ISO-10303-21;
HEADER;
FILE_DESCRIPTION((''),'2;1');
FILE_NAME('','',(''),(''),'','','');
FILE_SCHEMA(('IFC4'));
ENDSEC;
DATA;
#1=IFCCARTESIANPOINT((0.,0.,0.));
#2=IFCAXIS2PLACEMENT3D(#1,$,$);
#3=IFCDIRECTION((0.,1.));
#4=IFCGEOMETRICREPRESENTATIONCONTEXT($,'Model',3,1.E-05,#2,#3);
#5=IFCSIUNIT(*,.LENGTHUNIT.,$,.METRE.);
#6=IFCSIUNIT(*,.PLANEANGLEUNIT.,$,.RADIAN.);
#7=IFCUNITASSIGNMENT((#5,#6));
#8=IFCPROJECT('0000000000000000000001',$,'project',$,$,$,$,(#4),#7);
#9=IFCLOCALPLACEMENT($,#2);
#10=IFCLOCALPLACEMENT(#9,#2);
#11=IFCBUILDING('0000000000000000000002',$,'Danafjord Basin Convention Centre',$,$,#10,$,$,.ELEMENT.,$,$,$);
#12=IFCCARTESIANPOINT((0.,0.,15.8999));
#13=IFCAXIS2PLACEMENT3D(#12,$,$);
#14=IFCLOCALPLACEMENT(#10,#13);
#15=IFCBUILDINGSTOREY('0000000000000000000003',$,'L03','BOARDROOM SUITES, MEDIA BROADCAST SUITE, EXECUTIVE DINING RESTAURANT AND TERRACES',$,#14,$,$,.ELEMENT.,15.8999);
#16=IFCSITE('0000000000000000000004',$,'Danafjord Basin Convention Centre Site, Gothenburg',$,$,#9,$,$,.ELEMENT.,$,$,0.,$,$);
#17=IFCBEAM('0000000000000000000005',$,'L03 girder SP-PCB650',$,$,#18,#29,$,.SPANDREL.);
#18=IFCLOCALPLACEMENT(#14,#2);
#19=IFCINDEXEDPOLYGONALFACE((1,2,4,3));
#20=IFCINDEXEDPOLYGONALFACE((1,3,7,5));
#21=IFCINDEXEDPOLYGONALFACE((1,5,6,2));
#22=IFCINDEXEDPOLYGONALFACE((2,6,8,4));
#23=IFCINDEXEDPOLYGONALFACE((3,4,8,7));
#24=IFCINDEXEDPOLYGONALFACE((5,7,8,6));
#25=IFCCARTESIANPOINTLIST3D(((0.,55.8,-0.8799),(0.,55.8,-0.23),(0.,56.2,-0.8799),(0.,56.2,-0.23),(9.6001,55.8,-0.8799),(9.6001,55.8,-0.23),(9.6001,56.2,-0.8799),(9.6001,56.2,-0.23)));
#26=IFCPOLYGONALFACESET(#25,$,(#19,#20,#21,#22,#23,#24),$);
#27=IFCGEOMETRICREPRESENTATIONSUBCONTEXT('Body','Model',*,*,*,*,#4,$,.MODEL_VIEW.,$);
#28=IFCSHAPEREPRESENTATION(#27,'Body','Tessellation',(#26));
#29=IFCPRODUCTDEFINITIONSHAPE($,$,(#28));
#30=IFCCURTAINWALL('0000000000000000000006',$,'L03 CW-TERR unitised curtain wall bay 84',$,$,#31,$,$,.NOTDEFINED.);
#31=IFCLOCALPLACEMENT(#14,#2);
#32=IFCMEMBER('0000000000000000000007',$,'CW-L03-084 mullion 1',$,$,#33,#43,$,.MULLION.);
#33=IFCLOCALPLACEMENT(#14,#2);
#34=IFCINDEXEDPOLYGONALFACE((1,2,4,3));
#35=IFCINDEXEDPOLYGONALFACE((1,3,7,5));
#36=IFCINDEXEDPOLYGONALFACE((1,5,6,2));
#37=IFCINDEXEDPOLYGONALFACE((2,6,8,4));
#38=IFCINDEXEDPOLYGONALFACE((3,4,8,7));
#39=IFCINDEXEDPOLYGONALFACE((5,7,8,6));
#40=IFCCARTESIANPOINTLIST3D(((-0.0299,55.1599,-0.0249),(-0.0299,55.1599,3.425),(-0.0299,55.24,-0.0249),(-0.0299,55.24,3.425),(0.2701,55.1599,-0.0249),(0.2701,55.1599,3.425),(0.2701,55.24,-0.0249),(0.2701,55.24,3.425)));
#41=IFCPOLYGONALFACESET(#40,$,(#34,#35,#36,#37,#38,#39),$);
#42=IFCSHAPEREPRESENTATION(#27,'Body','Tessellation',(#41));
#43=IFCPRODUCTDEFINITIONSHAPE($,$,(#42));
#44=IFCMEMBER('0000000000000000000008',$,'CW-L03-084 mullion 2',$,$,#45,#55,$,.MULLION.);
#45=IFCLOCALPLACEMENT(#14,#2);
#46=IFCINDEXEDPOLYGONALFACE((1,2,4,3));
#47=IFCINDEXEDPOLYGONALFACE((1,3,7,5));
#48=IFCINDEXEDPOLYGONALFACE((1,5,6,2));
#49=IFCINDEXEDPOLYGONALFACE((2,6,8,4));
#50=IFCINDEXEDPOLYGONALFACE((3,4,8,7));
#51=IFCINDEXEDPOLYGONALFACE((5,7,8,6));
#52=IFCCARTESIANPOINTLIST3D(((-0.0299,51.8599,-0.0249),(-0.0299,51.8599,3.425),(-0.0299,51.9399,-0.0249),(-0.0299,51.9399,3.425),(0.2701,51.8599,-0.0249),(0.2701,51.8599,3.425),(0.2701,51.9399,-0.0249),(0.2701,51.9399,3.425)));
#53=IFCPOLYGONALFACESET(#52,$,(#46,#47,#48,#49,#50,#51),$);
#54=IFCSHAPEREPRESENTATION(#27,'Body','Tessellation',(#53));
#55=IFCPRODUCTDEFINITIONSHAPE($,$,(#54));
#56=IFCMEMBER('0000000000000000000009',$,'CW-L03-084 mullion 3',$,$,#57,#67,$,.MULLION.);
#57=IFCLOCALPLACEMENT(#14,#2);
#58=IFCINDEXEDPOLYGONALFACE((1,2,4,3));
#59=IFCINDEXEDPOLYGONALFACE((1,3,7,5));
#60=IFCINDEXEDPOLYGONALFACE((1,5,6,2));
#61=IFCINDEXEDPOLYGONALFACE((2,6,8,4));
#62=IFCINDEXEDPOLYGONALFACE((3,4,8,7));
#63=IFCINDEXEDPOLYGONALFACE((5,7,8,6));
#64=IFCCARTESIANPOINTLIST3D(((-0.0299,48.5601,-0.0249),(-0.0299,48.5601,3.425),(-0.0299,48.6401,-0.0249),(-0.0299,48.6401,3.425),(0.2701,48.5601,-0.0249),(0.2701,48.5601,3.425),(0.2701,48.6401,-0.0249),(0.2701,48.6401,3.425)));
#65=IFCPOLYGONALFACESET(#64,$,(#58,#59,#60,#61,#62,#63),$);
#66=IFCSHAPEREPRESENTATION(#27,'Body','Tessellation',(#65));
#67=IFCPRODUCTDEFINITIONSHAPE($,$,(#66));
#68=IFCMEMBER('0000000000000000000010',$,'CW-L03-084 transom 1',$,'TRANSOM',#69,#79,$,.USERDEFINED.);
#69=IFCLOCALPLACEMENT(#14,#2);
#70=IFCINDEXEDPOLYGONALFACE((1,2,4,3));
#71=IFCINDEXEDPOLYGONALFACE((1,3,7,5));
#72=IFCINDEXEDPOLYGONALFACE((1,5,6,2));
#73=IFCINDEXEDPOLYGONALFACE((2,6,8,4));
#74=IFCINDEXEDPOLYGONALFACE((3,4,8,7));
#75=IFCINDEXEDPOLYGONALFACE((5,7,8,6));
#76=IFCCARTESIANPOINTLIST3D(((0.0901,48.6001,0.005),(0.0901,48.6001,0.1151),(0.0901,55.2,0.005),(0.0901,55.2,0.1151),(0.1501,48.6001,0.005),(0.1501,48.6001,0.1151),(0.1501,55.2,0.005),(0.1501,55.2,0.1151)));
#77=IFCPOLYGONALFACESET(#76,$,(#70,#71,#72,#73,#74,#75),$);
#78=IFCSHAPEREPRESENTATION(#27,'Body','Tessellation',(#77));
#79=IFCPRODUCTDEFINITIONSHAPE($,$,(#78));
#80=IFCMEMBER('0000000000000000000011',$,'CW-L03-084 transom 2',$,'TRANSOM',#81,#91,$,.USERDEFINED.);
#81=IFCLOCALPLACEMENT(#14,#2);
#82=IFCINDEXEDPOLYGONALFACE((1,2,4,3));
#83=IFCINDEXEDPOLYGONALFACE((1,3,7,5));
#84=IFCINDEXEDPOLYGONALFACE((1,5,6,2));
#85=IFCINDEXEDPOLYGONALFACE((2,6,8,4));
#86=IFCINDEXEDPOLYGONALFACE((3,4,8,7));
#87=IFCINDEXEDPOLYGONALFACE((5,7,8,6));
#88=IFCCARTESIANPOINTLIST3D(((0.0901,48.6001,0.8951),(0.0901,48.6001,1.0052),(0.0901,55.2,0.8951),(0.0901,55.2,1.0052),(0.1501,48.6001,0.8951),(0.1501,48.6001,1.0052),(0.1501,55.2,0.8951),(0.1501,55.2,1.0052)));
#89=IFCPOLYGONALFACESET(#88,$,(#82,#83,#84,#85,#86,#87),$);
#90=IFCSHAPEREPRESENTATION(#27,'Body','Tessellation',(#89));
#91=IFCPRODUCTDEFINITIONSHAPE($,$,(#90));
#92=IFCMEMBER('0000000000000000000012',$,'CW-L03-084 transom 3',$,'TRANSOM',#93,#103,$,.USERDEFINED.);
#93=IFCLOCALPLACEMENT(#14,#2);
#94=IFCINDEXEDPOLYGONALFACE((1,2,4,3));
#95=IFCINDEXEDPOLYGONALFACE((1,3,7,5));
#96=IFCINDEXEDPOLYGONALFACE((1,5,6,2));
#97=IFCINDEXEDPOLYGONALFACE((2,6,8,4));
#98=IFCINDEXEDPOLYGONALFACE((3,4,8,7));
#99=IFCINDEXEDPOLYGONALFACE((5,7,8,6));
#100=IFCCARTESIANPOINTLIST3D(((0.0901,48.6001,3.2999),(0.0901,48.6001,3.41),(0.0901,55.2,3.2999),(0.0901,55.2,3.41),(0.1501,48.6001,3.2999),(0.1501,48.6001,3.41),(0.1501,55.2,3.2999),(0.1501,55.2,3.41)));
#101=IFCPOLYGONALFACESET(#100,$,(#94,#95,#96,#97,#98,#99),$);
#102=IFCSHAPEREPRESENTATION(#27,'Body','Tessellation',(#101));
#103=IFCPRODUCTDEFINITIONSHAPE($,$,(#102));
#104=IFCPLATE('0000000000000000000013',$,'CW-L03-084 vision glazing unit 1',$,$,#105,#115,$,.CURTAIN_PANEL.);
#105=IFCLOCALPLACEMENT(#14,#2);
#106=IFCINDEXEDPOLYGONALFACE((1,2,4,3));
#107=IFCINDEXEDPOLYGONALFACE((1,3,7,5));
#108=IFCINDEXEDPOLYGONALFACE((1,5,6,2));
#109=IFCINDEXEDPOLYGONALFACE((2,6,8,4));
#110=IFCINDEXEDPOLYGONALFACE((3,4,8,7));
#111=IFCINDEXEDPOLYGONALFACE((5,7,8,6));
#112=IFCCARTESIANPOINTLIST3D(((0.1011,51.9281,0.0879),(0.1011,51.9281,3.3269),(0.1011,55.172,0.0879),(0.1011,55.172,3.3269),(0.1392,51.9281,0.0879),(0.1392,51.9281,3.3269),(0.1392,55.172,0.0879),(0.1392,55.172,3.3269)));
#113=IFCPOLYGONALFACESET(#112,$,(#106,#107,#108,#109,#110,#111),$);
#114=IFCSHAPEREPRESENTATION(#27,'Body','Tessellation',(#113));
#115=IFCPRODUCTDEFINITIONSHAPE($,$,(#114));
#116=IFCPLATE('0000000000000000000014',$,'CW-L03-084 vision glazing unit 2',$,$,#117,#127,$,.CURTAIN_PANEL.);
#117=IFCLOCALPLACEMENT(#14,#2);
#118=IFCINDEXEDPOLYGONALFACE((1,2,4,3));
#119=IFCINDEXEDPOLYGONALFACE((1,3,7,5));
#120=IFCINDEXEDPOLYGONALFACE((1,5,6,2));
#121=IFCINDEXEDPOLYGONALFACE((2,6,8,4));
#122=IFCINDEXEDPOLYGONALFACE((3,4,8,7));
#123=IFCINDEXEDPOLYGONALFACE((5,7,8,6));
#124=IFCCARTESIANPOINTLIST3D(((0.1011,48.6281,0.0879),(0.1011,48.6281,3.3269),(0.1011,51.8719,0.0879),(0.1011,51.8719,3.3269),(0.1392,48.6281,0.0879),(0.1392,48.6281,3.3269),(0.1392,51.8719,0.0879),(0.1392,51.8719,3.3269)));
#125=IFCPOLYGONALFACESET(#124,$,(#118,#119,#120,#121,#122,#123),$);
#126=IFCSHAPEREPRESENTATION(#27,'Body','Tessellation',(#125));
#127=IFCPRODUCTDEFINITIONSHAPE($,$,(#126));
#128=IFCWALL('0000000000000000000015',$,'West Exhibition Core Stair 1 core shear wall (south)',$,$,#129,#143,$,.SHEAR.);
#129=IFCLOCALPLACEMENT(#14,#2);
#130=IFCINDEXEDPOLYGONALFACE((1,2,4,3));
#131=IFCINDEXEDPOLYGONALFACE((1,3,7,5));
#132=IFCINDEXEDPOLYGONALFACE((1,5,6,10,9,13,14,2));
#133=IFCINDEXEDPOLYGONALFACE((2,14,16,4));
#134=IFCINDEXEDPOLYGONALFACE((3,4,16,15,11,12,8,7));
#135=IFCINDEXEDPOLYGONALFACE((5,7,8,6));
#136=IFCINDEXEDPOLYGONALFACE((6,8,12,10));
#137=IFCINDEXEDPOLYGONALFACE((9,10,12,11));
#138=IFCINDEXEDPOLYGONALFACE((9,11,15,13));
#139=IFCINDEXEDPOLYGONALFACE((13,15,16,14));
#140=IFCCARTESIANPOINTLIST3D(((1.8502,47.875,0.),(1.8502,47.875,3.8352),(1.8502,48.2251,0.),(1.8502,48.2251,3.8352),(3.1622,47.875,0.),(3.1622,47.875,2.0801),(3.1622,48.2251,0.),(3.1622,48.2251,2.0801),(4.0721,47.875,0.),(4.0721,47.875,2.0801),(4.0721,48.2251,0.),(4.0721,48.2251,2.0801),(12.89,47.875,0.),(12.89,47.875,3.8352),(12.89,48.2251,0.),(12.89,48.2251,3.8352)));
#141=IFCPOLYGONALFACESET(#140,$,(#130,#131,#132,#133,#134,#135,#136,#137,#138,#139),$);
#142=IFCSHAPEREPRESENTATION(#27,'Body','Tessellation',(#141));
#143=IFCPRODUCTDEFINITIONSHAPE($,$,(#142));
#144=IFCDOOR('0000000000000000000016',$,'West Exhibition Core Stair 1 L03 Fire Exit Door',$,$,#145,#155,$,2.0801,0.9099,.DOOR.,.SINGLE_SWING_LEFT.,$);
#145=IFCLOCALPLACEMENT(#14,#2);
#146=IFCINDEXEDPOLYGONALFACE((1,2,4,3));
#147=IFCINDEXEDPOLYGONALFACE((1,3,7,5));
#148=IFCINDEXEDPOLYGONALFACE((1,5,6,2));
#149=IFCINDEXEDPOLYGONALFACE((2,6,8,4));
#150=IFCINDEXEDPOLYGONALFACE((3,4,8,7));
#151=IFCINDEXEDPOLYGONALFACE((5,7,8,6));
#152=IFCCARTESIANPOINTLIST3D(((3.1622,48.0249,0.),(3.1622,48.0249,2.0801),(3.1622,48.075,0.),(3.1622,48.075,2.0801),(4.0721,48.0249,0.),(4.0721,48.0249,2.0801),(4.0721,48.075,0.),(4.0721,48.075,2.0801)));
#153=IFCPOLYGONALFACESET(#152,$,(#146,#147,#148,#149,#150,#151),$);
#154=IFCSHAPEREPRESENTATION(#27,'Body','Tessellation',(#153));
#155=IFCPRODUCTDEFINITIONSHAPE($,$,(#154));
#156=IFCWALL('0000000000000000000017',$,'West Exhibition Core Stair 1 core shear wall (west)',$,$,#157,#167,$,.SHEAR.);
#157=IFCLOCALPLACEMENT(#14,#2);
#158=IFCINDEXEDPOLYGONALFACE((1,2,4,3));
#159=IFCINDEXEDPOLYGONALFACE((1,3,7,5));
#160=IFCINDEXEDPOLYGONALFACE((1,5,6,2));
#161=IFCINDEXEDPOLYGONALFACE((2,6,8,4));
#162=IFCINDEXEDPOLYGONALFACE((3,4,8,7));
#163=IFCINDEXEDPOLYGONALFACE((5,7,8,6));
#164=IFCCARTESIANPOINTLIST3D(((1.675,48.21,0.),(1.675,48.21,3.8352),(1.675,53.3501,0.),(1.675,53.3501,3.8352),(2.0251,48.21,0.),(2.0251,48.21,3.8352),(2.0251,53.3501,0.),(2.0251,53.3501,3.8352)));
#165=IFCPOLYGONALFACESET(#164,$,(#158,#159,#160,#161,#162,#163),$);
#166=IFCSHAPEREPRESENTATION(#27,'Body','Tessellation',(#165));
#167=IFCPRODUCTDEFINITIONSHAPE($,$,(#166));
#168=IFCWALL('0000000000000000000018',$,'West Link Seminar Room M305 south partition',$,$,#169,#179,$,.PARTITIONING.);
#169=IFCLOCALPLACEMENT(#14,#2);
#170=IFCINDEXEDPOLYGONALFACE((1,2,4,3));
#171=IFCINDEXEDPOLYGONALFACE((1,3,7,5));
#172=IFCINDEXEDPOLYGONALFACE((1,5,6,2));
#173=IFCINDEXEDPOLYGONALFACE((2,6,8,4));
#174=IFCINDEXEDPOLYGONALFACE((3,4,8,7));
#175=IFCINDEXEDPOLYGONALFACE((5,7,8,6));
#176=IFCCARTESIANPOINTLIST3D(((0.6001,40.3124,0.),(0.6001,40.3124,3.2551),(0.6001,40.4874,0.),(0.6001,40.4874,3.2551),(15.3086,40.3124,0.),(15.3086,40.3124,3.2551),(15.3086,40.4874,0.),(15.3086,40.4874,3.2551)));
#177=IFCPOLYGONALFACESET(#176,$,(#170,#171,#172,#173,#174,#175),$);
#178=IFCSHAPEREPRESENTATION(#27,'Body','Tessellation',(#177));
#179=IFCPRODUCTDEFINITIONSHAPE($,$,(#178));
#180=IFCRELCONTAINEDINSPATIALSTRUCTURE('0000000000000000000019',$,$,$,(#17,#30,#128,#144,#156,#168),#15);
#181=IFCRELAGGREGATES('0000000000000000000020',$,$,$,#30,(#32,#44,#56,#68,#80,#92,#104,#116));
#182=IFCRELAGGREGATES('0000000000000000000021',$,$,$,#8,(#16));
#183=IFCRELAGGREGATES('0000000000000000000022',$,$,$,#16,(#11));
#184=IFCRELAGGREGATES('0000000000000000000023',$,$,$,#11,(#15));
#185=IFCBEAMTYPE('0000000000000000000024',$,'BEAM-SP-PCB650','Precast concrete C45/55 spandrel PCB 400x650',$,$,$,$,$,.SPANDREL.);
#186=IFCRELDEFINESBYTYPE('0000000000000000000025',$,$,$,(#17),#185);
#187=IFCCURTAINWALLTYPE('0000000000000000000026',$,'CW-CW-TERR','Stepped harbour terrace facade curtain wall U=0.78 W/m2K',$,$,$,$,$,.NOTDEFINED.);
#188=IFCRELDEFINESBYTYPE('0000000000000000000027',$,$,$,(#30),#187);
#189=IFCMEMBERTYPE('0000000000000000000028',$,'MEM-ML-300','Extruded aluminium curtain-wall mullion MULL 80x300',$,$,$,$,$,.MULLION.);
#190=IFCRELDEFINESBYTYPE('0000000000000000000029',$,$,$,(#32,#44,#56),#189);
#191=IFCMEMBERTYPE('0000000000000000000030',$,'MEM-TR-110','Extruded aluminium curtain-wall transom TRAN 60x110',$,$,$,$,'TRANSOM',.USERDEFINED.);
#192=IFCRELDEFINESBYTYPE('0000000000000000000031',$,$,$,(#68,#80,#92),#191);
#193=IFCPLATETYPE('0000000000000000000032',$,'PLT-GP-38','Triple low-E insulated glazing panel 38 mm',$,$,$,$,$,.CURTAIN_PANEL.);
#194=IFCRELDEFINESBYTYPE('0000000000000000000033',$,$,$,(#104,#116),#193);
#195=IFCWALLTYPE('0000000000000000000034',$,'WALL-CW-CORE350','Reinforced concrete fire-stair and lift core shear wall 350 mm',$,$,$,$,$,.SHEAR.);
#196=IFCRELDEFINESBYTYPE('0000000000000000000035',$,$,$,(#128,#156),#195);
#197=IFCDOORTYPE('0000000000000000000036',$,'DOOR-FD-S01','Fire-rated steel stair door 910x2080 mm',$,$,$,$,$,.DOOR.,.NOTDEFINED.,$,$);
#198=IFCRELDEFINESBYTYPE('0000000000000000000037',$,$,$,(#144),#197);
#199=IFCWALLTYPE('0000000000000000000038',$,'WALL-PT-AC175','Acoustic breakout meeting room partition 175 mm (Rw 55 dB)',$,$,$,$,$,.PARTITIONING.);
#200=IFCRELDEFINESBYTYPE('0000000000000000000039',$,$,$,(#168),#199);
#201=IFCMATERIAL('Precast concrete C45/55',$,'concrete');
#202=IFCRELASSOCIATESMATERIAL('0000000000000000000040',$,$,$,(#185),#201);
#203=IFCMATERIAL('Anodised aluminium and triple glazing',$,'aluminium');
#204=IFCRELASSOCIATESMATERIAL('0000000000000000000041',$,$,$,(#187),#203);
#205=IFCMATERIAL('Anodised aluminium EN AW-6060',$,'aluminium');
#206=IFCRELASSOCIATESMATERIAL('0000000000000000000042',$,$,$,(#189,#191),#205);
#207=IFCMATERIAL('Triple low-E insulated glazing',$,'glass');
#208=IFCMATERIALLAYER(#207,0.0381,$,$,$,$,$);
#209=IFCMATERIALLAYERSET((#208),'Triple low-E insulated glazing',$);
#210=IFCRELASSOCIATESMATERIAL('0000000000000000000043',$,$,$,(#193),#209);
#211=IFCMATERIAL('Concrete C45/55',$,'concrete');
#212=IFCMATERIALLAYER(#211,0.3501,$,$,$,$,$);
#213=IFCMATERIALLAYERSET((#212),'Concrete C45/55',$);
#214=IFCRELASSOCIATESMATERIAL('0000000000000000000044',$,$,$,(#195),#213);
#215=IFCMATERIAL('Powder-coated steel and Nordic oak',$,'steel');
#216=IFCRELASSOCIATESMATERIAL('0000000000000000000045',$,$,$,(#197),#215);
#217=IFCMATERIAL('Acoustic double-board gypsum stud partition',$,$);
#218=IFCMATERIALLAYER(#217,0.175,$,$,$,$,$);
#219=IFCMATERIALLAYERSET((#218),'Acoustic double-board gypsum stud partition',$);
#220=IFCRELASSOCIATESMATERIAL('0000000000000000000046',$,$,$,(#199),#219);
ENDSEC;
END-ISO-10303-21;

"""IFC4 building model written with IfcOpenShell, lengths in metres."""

from ifc_helpers import new_model, si_unit, direction, frame, frame_2d, origin, origin_2d, place, context, subcontext, project, spatial, rectangle, extrude, material, layer, layer_set, material_profile, profile_set, type_object, element, fill, aggregate, save


model = new_model("IFC4")

# Units and contexts
model_context = context("Model", 3, precision=1e-05, world=origin(), true_north=direction((0.0, 1.0)))
body_context = subcontext(model_context, "Body", "Model", "MODEL_VIEW")
ifc_project = project(units=[si_unit("LENGTHUNIT", "METRE"), si_unit("PLANEANGLEUNIT", "RADIAN")], contexts=[model_context])

# Site, building, storey
site_placement = place(None, origin())
site = spatial("IfcSite", under=ifc_project, at=site_placement, Name="Danafjord Basin Convention Centre Site, Gothenburg", CompositionType="ELEMENT", RefElevation=0.0)
building_placement = place(site_placement, origin())
building = spatial("IfcBuilding", under=site, at=building_placement, Name="Danafjord Basin Convention Centre", CompositionType="ELEMENT")
storey_placement = place(building_placement, frame((0.0, 0.0, 15.8999)))
storey = spatial("IfcBuildingStorey", under=building, at=storey_placement, Name="L03", Description="BOARDROOM SUITES, MEDIA BROADCAST SUITE, EXECUTIVE DINING RESTAURANT AND TERRACES", CompositionType="ELEMENT", Elevation=15.8999)

# Beam
ifc_material_1 = material(Name="Precast concrete C45/55", Category="concrete")
ifc_material_profile_1 = material_profile(ifc_material_1, rectangle(XDim=0.3999, YDim=0.6499, at=origin_2d()), Name="PCB 400x650")
ifc_profile_set_1 = profile_set([ifc_material_profile_1], Name="Precast concrete C45/55")
beam_type_1 = type_object("IfcBeamType", Name="BEAM-SP-PCB650", Description="Precast concrete C45/55 spandrel PCB 400x650", PredefinedType="SPANDREL", material=ifc_profile_set_1)
beam_1_placement = place(storey_placement, frame((0.0, 56.0, -0.5549), z_axis=(1.0, 0.0, 0.0), x_axis=(0.0, 1.0, 0.0)))
element("IfcBeam", 1, at=beam_1_placement, inside=storey, type_object=beam_type_1, Name="L03 girder SP-PCB650", PredefinedType="SPANDREL", context=body_context, shape_type="SweptSolid", body=[
    extrude(rectangle(XDim=0.3999, YDim=0.6499, at=origin_2d()), origin(), (0.0, 0.0, 1.0), 9.6001),
])

# Curtain wall, members, plates
ifc_material_2 = material(Name="Anodised aluminium and triple glazing", Category="aluminium")
curtain_wall_type = type_object("IfcCurtainWallType", Name="CW-CW-TERR", Description="Stepped harbour terrace facade curtain wall U=0.78 W/m2K", PredefinedType="NOTDEFINED", material=ifc_material_2)
curtain_wall_placement = place(storey_placement, origin())
curtain_wall = element("IfcCurtainWall", 2, at=curtain_wall_placement, inside=storey, type_object=curtain_wall_type, Name="L03 CW-TERR unitised curtain wall bay 84", PredefinedType="NOTDEFINED")
ifc_material_3 = material(Name="Anodised aluminium EN AW-6060", Category="aluminium")
ifc_material_profile_2 = material_profile(ifc_material_3, rectangle(XDim=0.0801, YDim=0.3, at=origin_2d()), Name="MULL 80x300")
ifc_profile_set_2 = profile_set([ifc_material_profile_2], Name="Anodised aluminium EN AW-6060")
member_type_1 = type_object("IfcMemberType", Name="MEM-ML-300", Description="Extruded aluminium curtain-wall mullion MULL 80x300", PredefinedType="MULLION", material=ifc_profile_set_2)
member_1_placement = place(storey_placement, frame((0.1201, 55.2, -0.0249), z_axis=(0.0, 0.0, 1.0), x_axis=(0.0, -1.0, 0.0)))
member_1 = element("IfcMember", 3, at=member_1_placement, type_object=member_type_1, Name="CW-L03-084 mullion 1", PredefinedType="MULLION", context=body_context, shape_type="SweptSolid", body=[
    extrude(rectangle(XDim=0.0801, YDim=0.3, at=origin_2d()), origin(), (0.0, 0.0, 1.0), 3.45),
])
member_2_placement = place(storey_placement, frame((0.1201, 51.8999, -0.0249), z_axis=(0.0, 0.0, 1.0), x_axis=(0.0, -1.0, 0.0)))
member_2 = element("IfcMember", 4, at=member_2_placement, type_object=member_type_1, Name="CW-L03-084 mullion 2", PredefinedType="MULLION", context=body_context, shape_type="SweptSolid", body=[
    extrude(rectangle(XDim=0.0801, YDim=0.3, at=origin_2d()), origin(), (0.0, 0.0, 1.0), 3.45),
])
member_3_placement = place(storey_placement, frame((0.1201, 48.6001, -0.0249), z_axis=(0.0, 0.0, 1.0), x_axis=(0.0, -1.0, 0.0)))
member_3 = element("IfcMember", 5, at=member_3_placement, type_object=member_type_1, Name="CW-L03-084 mullion 3", PredefinedType="MULLION", context=body_context, shape_type="SweptSolid", body=[
    extrude(rectangle(XDim=0.0801, YDim=0.3, at=origin_2d()), origin(), (0.0, 0.0, 1.0), 3.45),
])
ifc_material_profile_3 = material_profile(ifc_material_3, rectangle(XDim=0.0601, YDim=0.1101, at=origin_2d()), Name="TRAN 60x110")
ifc_profile_set_3 = profile_set([ifc_material_profile_3], Name="Anodised aluminium EN AW-6060")
member_type_2 = type_object("IfcMemberType", Name="MEM-TR-110", Description="Extruded aluminium curtain-wall transom TRAN 60x110", ElementType="TRANSOM", PredefinedType="USERDEFINED", material=ifc_profile_set_3)
member_4_placement = place(storey_placement, frame((0.1201, 55.2, 0.0601), z_axis=(0.0, -1.0, 0.0), x_axis=(1.0, 0.0, 0.0)))
member_4 = element("IfcMember", 6, at=member_4_placement, type_object=member_type_2, Name="CW-L03-084 transom 1", ObjectType="TRANSOM", PredefinedType="USERDEFINED", context=body_context, shape_type="SweptSolid", body=[
    extrude(rectangle(XDim=0.0601, YDim=0.1101, at=origin_2d()), origin(), (0.0, 0.0, 1.0), 6.5999),
])
member_5_placement = place(storey_placement, frame((0.1201, 55.2, 0.9502), z_axis=(0.0, -1.0, 0.0), x_axis=(1.0, 0.0, 0.0)))
member_5 = element("IfcMember", 7, at=member_5_placement, type_object=member_type_2, Name="CW-L03-084 transom 2", ObjectType="TRANSOM", PredefinedType="USERDEFINED", context=body_context, shape_type="SweptSolid", body=[
    extrude(rectangle(XDim=0.0601, YDim=0.1101, at=origin_2d()), origin(), (0.0, 0.0, 1.0), 6.5999),
])
member_6_placement = place(storey_placement, frame((0.1201, 55.2, 3.355), z_axis=(0.0, -1.0, 0.0), x_axis=(1.0, 0.0, 0.0)))
member_6 = element("IfcMember", 8, at=member_6_placement, type_object=member_type_2, Name="CW-L03-084 transom 3", ObjectType="TRANSOM", PredefinedType="USERDEFINED", context=body_context, shape_type="SweptSolid", body=[
    extrude(rectangle(XDim=0.0601, YDim=0.1101, at=origin_2d()), origin(), (0.0, 0.0, 1.0), 6.5999),
])
ifc_material_4 = material(Name="Triple low-E insulated glazing", Category="glass")
ifc_layer_1 = layer(ifc_material_4, 0.0381)
ifc_layer_set_1 = layer_set([ifc_layer_1], Name="Triple low-E insulated glazing")
plate_type = type_object("IfcPlateType", Name="PLT-GP-38", Description="Triple low-E insulated glazing panel 38 mm", PredefinedType="CURTAIN_PANEL", material=ifc_layer_set_1)
plate_1_placement = place(storey_placement, frame((0.1201, 53.55, 0.0879), z_axis=(0.0, 0.0, 1.0), x_axis=(0.0, -1.0, 0.0)))
plate_1 = element("IfcPlate", 9, at=plate_1_placement, type_object=plate_type, Name="CW-L03-084 vision glazing unit 1", PredefinedType="CURTAIN_PANEL", context=body_context, shape_type="SweptSolid", body=[
    extrude(rectangle(XDim=3.2439, YDim=0.0381, at=origin_2d()), origin(), (0.0, 0.0, 1.0), 3.239),
])
plate_2_placement = place(storey_placement, frame((0.1201, 50.25, 0.0879), z_axis=(0.0, 0.0, 1.0), x_axis=(0.0, -1.0, 0.0)))
plate_2 = element("IfcPlate", 10, at=plate_2_placement, type_object=plate_type, Name="CW-L03-084 vision glazing unit 2", PredefinedType="CURTAIN_PANEL", context=body_context, shape_type="SweptSolid", body=[
    extrude(rectangle(XDim=3.2439, YDim=0.0381, at=origin_2d()), origin(), (0.0, 0.0, 1.0), 3.239),
])
aggregate(curtain_wall, [member_1, member_2, member_3, member_4, member_5, member_6, plate_1, plate_2])

# Wall, opening, door
ifc_material_5 = material(Name="Concrete C45/55", Category="concrete")
ifc_layer_2 = layer(ifc_material_5, 0.3501)
ifc_layer_set_2 = layer_set([ifc_layer_2], Name="Concrete C45/55")
wall_type_1 = type_object("IfcWallType", Name="WALL-CW-CORE350", Description="Reinforced concrete fire-stair and lift core shear wall 350 mm", PredefinedType="SHEAR", material=ifc_layer_set_2)
wall_1_placement = place(storey_placement, frame((1.8501, 48.05, 0.0), z_axis=(0.0, 0.0, 1.0), x_axis=(1.0, 0.0, 0.0)))
wall_1 = element("IfcWall", 11, at=wall_1_placement, inside=storey, type_object=wall_type_1, Name="West Exhibition Core Stair 1 core shear wall (south)", PredefinedType="SHEAR", context=body_context, shape_type="SweptSolid", body=[
    extrude(rectangle(XDim=11.0398, YDim=0.3501, at=frame_2d((5.52, 0.0))), origin(), (0.0, 0.0, 1.0), 3.8352),
])
opening_placement = place(wall_1_placement, frame((1.312, 0.0, 0.0)))
opening = element("IfcOpeningElement", 12, at=opening_placement, cuts=wall_1, PredefinedType="OPENING", context=body_context, shape_type="SweptSolid", body=[
    extrude(rectangle(XDim=0.9099, YDim=2.0801, at=frame_2d((0.4551, 1.04))), frame((0.0, 0.1851, 0.0), z_axis=(0.0, -1.0, 0.0), x_axis=(1.0, 0.0, 0.0)), (0.0, 0.0, 1.0), 0.3701),
])
ifc_material_6 = material(Name="Powder-coated steel and Nordic oak", Category="steel")
door_type = type_object("IfcDoorType", Name="DOOR-FD-S01", Description="Fire-rated steel stair door 910x2080 mm", OperationType="NOTDEFINED", PredefinedType="DOOR", material=ifc_material_6)
door_placement = place(opening_placement, origin())
door = element("IfcDoor", 13, at=door_placement, inside=storey, type_object=door_type, Name="West Exhibition Core Stair 1 L03 Fire Exit Door", OperationType="SINGLE_SWING_LEFT", OverallHeight=2.0801, OverallWidth=0.9099, PredefinedType="DOOR", context=body_context, shape_type="SweptSolid", body=[
    extrude(rectangle(XDim=0.9099, YDim=2.0801, at=frame_2d((0.4551, 1.04))), frame((0.0, 0.0249, 0.0), z_axis=(0.0, -1.0, 0.0), x_axis=(1.0, 0.0, 0.0)), (0.0, 0.0, 1.0), 0.05),
])
fill(opening, door)

# Walls
wall_2_placement = place(storey_placement, frame((1.8501, 53.3501, 0.0), z_axis=(0.0, 0.0, 1.0), x_axis=(0.0, -1.0, 0.0)))
element("IfcWall", 14, at=wall_2_placement, inside=storey, type_object=wall_type_1, Name="West Exhibition Core Stair 1 core shear wall (west)", PredefinedType="SHEAR", context=body_context, shape_type="SweptSolid", body=[
    extrude(rectangle(XDim=5.1401, YDim=0.3501, at=frame_2d((2.5701, 0.0))), origin(), (0.0, 0.0, 1.0), 3.8352),
])
ifc_material_7 = material(Name="Acoustic double-board gypsum stud partition")
ifc_layer_3 = layer(ifc_material_7, 0.175)
ifc_layer_set_3 = layer_set([ifc_layer_3], Name="Acoustic double-board gypsum stud partition")
wall_type_2 = type_object("IfcWallType", Name="WALL-PT-AC175", Description="Acoustic breakout meeting room partition 175 mm (Rw 55 dB)", PredefinedType="PARTITIONING", material=ifc_layer_set_3)
wall_3_placement = place(storey_placement, frame((0.6001, 40.3999, 0.0), z_axis=(0.0, 0.0, 1.0), x_axis=(1.0, 0.0, 0.0)))
element("IfcWall", 15, at=wall_3_placement, inside=storey, type_object=wall_type_2, Name="West Link Seminar Room M305 south partition", PredefinedType="PARTITIONING", context=body_context, shape_type="SweptSolid", body=[
    extrude(rectangle(XDim=14.7085, YDim=0.175, at=frame_2d((7.3542, 0.0))), origin(), (0.0, 0.0, 1.0), 3.2551),
])

save(model, "model.ifc")
